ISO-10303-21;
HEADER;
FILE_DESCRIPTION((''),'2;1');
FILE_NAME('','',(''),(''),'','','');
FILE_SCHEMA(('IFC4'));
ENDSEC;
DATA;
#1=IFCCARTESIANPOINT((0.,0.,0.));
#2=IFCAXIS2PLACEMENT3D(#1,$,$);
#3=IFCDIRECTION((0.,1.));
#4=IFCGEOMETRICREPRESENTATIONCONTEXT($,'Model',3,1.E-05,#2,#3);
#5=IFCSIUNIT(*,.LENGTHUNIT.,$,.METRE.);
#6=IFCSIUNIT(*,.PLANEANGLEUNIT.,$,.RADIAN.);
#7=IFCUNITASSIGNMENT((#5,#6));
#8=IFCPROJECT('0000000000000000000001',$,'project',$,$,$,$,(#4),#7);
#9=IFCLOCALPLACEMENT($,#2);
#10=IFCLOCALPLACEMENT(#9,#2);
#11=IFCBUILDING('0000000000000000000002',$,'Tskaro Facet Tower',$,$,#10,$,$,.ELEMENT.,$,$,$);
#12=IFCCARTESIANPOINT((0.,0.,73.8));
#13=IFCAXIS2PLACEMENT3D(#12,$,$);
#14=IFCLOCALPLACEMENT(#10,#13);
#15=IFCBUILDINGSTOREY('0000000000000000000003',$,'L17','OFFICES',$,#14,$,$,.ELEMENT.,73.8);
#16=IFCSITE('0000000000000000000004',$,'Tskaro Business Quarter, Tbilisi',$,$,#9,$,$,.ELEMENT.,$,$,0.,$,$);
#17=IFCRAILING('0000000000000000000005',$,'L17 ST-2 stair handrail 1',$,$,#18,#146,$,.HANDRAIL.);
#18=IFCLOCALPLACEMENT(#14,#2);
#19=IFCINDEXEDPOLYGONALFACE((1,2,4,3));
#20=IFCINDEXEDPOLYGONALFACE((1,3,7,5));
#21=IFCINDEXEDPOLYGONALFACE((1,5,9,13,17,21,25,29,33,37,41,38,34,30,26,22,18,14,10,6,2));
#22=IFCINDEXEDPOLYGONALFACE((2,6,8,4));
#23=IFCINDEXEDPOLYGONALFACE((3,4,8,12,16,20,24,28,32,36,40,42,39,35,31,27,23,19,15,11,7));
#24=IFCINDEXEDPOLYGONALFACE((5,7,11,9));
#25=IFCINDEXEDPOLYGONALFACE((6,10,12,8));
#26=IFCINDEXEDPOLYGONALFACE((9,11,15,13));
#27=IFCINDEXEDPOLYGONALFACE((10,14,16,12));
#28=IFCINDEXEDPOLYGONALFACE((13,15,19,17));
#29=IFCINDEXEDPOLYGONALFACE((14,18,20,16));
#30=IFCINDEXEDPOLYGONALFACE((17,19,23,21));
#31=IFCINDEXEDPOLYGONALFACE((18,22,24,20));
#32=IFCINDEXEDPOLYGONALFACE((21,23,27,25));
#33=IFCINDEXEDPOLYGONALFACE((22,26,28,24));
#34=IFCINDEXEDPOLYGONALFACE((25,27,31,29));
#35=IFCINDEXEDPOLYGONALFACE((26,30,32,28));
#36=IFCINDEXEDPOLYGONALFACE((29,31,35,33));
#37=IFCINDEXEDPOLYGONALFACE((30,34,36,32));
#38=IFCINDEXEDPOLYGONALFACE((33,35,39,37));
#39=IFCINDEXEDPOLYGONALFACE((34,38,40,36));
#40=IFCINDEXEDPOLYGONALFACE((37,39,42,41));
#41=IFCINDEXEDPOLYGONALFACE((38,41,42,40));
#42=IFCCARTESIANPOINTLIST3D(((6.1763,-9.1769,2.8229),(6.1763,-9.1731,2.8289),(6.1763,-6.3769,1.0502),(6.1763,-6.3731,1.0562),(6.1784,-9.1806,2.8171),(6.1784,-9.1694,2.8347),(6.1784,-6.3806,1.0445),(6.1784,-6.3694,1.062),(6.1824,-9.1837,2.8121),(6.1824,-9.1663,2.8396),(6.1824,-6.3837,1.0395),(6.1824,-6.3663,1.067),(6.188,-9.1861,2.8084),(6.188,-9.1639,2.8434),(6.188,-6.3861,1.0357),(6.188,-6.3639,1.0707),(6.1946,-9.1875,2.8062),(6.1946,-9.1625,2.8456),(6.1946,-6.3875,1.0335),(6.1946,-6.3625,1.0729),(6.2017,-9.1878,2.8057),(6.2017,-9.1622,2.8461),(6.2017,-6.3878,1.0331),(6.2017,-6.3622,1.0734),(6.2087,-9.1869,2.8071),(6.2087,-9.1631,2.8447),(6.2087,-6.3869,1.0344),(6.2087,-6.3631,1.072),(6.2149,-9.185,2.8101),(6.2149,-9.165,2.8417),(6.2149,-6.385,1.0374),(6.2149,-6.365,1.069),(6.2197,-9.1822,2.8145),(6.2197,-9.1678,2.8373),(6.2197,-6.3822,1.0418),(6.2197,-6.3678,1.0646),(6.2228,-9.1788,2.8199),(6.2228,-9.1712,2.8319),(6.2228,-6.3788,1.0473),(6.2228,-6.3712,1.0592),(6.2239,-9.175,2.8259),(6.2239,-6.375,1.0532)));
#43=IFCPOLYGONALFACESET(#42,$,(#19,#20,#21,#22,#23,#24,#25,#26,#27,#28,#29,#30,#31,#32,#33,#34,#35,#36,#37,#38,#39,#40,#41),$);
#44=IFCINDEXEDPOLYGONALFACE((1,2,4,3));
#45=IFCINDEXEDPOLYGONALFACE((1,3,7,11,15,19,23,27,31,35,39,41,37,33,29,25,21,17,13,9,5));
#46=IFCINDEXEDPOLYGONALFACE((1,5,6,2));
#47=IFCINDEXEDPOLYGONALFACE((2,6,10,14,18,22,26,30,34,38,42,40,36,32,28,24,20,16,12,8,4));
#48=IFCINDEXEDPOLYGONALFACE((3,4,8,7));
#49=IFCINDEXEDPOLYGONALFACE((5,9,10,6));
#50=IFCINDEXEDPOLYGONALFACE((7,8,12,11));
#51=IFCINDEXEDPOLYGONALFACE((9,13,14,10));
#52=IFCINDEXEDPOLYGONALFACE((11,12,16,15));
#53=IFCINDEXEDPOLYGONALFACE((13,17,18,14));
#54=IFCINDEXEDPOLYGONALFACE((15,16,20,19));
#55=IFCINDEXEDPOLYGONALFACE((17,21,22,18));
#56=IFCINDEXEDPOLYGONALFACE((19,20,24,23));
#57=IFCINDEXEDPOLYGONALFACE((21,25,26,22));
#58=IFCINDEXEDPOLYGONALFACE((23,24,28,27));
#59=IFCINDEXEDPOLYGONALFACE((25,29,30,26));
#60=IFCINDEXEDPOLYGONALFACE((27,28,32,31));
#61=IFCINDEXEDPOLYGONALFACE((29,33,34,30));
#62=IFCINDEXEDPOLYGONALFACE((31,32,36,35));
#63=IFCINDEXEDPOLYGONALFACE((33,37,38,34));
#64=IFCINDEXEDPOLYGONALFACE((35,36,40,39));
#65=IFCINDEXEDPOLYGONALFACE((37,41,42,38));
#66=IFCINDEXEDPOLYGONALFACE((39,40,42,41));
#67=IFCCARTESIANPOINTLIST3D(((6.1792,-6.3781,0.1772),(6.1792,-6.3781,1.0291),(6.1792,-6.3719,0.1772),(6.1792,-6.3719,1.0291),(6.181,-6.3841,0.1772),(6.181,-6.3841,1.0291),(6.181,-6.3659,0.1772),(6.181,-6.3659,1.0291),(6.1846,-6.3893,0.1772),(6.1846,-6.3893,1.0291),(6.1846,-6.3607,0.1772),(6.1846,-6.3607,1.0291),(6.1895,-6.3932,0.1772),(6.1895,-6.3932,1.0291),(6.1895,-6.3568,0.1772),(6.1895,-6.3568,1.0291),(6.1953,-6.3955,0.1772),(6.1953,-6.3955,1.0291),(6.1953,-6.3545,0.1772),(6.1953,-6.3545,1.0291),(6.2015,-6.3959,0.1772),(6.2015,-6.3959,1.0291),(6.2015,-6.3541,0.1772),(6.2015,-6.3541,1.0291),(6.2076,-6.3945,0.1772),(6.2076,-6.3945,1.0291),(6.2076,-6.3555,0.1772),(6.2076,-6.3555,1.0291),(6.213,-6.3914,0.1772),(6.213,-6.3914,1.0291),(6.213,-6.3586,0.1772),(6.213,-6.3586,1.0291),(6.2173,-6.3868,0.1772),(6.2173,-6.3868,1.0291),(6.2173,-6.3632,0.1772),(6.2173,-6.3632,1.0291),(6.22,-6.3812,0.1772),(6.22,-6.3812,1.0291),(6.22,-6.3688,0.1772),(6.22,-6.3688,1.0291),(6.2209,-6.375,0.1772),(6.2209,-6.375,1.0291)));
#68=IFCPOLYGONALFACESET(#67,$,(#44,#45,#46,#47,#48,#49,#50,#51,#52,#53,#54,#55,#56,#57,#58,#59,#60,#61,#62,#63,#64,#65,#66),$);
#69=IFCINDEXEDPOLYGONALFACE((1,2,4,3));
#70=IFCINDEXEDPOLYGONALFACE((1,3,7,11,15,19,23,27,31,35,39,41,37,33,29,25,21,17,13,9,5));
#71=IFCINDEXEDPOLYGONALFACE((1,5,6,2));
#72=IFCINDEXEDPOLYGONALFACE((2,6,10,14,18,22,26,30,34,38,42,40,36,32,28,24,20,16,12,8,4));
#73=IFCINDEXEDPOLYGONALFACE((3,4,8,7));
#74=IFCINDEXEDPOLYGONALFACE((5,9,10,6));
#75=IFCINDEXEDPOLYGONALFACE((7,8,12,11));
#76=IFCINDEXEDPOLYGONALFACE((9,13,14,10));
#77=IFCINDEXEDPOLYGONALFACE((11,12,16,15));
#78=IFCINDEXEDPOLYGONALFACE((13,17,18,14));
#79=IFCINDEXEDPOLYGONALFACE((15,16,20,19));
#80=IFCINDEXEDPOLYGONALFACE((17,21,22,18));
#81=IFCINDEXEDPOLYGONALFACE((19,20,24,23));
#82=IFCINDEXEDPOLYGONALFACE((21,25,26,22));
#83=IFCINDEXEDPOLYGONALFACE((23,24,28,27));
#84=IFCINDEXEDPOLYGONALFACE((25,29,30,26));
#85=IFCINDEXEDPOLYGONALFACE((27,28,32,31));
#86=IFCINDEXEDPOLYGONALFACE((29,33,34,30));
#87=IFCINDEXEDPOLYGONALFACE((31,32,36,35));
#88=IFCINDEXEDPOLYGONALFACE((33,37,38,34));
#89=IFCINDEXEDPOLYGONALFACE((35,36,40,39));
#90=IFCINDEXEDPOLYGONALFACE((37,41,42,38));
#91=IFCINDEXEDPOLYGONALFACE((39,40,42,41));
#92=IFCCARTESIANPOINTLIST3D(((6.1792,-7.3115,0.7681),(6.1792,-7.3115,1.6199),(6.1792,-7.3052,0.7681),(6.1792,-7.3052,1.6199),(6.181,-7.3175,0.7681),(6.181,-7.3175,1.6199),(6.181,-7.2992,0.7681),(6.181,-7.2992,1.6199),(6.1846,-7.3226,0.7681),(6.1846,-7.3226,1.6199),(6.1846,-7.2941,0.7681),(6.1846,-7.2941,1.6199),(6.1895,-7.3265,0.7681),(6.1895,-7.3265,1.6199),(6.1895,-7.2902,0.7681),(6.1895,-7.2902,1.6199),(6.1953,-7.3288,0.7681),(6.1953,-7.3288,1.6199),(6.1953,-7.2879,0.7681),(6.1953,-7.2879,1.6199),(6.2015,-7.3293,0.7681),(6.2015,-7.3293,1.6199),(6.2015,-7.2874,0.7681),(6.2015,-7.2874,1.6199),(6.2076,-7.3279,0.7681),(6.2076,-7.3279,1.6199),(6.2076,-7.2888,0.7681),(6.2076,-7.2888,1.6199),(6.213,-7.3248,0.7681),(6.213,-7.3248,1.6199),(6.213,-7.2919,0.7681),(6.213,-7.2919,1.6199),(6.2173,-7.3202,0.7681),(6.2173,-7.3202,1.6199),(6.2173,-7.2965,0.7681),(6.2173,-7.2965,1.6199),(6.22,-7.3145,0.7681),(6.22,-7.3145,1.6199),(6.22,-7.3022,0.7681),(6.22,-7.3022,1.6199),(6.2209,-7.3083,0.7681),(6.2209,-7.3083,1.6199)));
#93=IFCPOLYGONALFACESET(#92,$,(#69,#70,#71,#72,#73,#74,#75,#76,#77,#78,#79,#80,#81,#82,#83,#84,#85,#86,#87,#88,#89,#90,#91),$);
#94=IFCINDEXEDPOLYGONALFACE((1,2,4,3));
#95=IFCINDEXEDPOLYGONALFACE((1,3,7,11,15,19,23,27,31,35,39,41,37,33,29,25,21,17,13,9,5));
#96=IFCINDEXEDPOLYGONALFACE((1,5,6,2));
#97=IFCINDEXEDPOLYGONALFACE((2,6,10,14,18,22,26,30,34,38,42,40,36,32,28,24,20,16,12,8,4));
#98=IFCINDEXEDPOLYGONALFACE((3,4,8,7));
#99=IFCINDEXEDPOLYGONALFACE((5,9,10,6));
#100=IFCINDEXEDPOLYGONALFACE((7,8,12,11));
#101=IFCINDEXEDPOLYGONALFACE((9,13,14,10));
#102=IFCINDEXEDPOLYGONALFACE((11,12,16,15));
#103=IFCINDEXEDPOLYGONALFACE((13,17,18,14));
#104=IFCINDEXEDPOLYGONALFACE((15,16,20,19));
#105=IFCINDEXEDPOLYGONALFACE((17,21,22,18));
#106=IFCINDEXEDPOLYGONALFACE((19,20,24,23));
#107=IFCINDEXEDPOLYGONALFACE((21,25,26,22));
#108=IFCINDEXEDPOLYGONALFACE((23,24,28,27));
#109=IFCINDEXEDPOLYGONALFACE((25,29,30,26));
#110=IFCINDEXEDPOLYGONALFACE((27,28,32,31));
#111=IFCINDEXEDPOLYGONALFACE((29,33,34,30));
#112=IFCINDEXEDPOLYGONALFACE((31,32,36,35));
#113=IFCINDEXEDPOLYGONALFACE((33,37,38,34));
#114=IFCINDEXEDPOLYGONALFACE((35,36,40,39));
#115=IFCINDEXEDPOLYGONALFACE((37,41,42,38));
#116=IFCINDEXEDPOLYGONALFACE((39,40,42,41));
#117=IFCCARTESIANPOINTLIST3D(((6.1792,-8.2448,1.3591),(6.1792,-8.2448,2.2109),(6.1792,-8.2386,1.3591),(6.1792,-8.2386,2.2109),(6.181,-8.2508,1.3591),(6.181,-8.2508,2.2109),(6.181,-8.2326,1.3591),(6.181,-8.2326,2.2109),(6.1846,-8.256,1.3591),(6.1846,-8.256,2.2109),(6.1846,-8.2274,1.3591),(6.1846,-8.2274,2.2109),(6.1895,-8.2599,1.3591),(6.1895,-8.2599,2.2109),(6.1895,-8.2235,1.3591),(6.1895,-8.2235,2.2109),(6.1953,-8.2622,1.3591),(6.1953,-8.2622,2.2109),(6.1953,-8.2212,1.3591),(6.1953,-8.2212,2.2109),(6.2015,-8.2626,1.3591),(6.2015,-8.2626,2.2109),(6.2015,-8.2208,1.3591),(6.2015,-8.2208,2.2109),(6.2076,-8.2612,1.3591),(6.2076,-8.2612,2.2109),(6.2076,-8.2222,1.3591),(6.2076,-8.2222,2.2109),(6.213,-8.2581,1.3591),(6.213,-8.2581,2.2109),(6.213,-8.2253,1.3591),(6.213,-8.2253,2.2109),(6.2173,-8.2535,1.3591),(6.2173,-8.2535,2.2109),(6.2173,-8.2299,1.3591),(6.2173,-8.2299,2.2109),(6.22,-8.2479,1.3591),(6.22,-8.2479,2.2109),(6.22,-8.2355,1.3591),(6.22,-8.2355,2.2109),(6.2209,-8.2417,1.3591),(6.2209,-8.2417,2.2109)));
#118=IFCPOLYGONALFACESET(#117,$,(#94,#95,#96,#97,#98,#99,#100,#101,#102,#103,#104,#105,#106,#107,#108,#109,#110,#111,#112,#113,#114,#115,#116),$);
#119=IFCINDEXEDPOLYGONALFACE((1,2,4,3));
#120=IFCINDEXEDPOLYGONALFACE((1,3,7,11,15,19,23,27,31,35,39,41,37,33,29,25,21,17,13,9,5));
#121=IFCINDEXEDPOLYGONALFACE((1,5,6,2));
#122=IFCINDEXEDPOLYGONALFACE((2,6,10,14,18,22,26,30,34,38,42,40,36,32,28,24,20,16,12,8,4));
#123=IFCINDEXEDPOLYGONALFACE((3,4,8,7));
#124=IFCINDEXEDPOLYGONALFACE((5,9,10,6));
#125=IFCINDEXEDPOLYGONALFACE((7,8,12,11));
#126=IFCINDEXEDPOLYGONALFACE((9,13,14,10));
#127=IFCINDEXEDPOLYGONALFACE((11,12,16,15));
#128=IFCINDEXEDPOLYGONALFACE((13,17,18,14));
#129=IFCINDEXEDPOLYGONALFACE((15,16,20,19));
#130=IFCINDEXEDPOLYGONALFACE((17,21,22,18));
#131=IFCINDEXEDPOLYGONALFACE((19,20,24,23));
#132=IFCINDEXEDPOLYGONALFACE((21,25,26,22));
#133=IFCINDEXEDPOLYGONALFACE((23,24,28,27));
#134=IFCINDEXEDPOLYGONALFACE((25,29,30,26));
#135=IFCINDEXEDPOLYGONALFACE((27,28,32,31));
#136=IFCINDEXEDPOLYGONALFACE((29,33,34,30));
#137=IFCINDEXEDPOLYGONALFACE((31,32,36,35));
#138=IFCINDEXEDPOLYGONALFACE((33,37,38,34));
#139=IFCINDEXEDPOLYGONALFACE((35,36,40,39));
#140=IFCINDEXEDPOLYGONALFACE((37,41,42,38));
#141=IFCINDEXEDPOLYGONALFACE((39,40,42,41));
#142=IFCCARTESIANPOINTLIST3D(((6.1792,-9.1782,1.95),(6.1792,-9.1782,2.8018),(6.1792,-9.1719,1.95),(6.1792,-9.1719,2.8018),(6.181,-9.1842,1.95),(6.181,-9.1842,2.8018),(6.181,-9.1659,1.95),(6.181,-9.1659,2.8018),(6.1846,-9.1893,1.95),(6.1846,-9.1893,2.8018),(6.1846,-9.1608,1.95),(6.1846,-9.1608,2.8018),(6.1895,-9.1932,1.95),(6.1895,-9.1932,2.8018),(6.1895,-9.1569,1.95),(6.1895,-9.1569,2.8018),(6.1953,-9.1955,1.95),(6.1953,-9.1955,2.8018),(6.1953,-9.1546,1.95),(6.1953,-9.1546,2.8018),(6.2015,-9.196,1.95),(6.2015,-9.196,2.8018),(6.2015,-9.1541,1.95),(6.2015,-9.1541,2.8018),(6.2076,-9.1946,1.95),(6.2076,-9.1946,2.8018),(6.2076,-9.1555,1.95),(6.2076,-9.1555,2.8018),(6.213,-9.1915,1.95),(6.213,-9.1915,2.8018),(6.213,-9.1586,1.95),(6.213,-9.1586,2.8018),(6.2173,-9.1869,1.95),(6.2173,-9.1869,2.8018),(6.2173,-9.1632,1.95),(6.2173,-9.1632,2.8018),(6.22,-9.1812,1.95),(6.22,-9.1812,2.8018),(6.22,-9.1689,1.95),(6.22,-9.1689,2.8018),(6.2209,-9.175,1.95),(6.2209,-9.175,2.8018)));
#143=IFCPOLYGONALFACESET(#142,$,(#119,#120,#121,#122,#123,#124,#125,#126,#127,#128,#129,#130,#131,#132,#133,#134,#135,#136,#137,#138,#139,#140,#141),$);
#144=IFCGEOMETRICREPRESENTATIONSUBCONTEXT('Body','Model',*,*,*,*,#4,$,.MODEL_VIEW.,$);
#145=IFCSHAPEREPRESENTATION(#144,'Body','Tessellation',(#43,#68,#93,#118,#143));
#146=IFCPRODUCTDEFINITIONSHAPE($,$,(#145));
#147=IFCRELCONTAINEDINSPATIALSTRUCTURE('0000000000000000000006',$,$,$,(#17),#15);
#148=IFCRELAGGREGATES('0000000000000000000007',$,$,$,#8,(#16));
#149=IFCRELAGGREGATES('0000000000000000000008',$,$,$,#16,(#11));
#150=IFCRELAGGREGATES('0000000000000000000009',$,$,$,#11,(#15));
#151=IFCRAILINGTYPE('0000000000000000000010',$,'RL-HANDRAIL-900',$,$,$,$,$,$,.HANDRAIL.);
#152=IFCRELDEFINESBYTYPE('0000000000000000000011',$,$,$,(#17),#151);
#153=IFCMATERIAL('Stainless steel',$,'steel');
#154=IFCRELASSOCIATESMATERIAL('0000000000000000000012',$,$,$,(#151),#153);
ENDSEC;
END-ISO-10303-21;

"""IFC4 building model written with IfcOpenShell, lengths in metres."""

from ifc_helpers import new_model, si_unit, direction, frame, origin, origin_2d, place, context, subcontext, project, spatial, circle, extrude, material, type_object, element, save


model = new_model("IFC4")

# Units and contexts
model_context = context("Model", 3, precision=1e-05, world=origin(), true_north=direction((0.0, 1.0)))
body_context = subcontext(model_context, "Body", "Model", "MODEL_VIEW")
ifc_project = project(units=[si_unit("LENGTHUNIT", "METRE"), si_unit("PLANEANGLEUNIT", "RADIAN")], contexts=[model_context])

# Site, building, storey
site_placement = place(None, origin())
site = spatial("IfcSite", under=ifc_project, at=site_placement, Name="Tskaro Business Quarter, Tbilisi", CompositionType="ELEMENT", RefElevation=0.0)
building_placement = place(site_placement, origin())
building = spatial("IfcBuilding", under=site, at=building_placement, Name="Tskaro Facet Tower", CompositionType="ELEMENT")
storey_placement = place(building_placement, frame((0.0, 0.0, 73.8)))
storey = spatial("IfcBuildingStorey", under=building, at=storey_placement, Name="L17", Description="OFFICES", CompositionType="ELEMENT", Elevation=73.8)

# Railing
ifc_material_1 = material(Name="Stainless steel", Category="steel")
railing_type_1 = type_object("IfcRailingType", Name="RL-HANDRAIL-900", PredefinedType="HANDRAIL", material=ifc_material_1)
railing_1_placement = place(storey_placement, frame((6.2, -6.375, 0.1772)))
element("IfcRailing", 1, at=railing_1_placement, inside=storey, type_object=railing_type_1, Name="L17 ST-2 stair handrail 1", PredefinedType="HANDRAIL", context=body_context, shape_type="SweptSolid", body=[
    extrude(circle(Radius=0.0239, at=origin_2d()), frame((0.0, 0.0, 0.876), z_axis=(0.0, -0.844909, 0.53491), x_axis=(1.0, 0.0, 0.0)), (0.0, 0.0, 1.0), 3.314),
    extrude(circle(Radius=0.021, at=origin_2d()), origin(), (0.0, 0.0, 1.0), 0.8518),
    extrude(circle(Radius=0.021, at=origin_2d()), frame((0.0, -0.9333, 0.5908)), (0.0, 0.0, 1.0), 0.8518),
    extrude(circle(Radius=0.021, at=origin_2d()), frame((0.0, -1.8667, 1.1819)), (0.0, 0.0, 1.0), 0.8518),
    extrude(circle(Radius=0.021, at=origin_2d()), frame((0.0, -2.8, 1.7727)), (0.0, 0.0, 1.0), 0.8518),
])

save(model, "model.ifc")
